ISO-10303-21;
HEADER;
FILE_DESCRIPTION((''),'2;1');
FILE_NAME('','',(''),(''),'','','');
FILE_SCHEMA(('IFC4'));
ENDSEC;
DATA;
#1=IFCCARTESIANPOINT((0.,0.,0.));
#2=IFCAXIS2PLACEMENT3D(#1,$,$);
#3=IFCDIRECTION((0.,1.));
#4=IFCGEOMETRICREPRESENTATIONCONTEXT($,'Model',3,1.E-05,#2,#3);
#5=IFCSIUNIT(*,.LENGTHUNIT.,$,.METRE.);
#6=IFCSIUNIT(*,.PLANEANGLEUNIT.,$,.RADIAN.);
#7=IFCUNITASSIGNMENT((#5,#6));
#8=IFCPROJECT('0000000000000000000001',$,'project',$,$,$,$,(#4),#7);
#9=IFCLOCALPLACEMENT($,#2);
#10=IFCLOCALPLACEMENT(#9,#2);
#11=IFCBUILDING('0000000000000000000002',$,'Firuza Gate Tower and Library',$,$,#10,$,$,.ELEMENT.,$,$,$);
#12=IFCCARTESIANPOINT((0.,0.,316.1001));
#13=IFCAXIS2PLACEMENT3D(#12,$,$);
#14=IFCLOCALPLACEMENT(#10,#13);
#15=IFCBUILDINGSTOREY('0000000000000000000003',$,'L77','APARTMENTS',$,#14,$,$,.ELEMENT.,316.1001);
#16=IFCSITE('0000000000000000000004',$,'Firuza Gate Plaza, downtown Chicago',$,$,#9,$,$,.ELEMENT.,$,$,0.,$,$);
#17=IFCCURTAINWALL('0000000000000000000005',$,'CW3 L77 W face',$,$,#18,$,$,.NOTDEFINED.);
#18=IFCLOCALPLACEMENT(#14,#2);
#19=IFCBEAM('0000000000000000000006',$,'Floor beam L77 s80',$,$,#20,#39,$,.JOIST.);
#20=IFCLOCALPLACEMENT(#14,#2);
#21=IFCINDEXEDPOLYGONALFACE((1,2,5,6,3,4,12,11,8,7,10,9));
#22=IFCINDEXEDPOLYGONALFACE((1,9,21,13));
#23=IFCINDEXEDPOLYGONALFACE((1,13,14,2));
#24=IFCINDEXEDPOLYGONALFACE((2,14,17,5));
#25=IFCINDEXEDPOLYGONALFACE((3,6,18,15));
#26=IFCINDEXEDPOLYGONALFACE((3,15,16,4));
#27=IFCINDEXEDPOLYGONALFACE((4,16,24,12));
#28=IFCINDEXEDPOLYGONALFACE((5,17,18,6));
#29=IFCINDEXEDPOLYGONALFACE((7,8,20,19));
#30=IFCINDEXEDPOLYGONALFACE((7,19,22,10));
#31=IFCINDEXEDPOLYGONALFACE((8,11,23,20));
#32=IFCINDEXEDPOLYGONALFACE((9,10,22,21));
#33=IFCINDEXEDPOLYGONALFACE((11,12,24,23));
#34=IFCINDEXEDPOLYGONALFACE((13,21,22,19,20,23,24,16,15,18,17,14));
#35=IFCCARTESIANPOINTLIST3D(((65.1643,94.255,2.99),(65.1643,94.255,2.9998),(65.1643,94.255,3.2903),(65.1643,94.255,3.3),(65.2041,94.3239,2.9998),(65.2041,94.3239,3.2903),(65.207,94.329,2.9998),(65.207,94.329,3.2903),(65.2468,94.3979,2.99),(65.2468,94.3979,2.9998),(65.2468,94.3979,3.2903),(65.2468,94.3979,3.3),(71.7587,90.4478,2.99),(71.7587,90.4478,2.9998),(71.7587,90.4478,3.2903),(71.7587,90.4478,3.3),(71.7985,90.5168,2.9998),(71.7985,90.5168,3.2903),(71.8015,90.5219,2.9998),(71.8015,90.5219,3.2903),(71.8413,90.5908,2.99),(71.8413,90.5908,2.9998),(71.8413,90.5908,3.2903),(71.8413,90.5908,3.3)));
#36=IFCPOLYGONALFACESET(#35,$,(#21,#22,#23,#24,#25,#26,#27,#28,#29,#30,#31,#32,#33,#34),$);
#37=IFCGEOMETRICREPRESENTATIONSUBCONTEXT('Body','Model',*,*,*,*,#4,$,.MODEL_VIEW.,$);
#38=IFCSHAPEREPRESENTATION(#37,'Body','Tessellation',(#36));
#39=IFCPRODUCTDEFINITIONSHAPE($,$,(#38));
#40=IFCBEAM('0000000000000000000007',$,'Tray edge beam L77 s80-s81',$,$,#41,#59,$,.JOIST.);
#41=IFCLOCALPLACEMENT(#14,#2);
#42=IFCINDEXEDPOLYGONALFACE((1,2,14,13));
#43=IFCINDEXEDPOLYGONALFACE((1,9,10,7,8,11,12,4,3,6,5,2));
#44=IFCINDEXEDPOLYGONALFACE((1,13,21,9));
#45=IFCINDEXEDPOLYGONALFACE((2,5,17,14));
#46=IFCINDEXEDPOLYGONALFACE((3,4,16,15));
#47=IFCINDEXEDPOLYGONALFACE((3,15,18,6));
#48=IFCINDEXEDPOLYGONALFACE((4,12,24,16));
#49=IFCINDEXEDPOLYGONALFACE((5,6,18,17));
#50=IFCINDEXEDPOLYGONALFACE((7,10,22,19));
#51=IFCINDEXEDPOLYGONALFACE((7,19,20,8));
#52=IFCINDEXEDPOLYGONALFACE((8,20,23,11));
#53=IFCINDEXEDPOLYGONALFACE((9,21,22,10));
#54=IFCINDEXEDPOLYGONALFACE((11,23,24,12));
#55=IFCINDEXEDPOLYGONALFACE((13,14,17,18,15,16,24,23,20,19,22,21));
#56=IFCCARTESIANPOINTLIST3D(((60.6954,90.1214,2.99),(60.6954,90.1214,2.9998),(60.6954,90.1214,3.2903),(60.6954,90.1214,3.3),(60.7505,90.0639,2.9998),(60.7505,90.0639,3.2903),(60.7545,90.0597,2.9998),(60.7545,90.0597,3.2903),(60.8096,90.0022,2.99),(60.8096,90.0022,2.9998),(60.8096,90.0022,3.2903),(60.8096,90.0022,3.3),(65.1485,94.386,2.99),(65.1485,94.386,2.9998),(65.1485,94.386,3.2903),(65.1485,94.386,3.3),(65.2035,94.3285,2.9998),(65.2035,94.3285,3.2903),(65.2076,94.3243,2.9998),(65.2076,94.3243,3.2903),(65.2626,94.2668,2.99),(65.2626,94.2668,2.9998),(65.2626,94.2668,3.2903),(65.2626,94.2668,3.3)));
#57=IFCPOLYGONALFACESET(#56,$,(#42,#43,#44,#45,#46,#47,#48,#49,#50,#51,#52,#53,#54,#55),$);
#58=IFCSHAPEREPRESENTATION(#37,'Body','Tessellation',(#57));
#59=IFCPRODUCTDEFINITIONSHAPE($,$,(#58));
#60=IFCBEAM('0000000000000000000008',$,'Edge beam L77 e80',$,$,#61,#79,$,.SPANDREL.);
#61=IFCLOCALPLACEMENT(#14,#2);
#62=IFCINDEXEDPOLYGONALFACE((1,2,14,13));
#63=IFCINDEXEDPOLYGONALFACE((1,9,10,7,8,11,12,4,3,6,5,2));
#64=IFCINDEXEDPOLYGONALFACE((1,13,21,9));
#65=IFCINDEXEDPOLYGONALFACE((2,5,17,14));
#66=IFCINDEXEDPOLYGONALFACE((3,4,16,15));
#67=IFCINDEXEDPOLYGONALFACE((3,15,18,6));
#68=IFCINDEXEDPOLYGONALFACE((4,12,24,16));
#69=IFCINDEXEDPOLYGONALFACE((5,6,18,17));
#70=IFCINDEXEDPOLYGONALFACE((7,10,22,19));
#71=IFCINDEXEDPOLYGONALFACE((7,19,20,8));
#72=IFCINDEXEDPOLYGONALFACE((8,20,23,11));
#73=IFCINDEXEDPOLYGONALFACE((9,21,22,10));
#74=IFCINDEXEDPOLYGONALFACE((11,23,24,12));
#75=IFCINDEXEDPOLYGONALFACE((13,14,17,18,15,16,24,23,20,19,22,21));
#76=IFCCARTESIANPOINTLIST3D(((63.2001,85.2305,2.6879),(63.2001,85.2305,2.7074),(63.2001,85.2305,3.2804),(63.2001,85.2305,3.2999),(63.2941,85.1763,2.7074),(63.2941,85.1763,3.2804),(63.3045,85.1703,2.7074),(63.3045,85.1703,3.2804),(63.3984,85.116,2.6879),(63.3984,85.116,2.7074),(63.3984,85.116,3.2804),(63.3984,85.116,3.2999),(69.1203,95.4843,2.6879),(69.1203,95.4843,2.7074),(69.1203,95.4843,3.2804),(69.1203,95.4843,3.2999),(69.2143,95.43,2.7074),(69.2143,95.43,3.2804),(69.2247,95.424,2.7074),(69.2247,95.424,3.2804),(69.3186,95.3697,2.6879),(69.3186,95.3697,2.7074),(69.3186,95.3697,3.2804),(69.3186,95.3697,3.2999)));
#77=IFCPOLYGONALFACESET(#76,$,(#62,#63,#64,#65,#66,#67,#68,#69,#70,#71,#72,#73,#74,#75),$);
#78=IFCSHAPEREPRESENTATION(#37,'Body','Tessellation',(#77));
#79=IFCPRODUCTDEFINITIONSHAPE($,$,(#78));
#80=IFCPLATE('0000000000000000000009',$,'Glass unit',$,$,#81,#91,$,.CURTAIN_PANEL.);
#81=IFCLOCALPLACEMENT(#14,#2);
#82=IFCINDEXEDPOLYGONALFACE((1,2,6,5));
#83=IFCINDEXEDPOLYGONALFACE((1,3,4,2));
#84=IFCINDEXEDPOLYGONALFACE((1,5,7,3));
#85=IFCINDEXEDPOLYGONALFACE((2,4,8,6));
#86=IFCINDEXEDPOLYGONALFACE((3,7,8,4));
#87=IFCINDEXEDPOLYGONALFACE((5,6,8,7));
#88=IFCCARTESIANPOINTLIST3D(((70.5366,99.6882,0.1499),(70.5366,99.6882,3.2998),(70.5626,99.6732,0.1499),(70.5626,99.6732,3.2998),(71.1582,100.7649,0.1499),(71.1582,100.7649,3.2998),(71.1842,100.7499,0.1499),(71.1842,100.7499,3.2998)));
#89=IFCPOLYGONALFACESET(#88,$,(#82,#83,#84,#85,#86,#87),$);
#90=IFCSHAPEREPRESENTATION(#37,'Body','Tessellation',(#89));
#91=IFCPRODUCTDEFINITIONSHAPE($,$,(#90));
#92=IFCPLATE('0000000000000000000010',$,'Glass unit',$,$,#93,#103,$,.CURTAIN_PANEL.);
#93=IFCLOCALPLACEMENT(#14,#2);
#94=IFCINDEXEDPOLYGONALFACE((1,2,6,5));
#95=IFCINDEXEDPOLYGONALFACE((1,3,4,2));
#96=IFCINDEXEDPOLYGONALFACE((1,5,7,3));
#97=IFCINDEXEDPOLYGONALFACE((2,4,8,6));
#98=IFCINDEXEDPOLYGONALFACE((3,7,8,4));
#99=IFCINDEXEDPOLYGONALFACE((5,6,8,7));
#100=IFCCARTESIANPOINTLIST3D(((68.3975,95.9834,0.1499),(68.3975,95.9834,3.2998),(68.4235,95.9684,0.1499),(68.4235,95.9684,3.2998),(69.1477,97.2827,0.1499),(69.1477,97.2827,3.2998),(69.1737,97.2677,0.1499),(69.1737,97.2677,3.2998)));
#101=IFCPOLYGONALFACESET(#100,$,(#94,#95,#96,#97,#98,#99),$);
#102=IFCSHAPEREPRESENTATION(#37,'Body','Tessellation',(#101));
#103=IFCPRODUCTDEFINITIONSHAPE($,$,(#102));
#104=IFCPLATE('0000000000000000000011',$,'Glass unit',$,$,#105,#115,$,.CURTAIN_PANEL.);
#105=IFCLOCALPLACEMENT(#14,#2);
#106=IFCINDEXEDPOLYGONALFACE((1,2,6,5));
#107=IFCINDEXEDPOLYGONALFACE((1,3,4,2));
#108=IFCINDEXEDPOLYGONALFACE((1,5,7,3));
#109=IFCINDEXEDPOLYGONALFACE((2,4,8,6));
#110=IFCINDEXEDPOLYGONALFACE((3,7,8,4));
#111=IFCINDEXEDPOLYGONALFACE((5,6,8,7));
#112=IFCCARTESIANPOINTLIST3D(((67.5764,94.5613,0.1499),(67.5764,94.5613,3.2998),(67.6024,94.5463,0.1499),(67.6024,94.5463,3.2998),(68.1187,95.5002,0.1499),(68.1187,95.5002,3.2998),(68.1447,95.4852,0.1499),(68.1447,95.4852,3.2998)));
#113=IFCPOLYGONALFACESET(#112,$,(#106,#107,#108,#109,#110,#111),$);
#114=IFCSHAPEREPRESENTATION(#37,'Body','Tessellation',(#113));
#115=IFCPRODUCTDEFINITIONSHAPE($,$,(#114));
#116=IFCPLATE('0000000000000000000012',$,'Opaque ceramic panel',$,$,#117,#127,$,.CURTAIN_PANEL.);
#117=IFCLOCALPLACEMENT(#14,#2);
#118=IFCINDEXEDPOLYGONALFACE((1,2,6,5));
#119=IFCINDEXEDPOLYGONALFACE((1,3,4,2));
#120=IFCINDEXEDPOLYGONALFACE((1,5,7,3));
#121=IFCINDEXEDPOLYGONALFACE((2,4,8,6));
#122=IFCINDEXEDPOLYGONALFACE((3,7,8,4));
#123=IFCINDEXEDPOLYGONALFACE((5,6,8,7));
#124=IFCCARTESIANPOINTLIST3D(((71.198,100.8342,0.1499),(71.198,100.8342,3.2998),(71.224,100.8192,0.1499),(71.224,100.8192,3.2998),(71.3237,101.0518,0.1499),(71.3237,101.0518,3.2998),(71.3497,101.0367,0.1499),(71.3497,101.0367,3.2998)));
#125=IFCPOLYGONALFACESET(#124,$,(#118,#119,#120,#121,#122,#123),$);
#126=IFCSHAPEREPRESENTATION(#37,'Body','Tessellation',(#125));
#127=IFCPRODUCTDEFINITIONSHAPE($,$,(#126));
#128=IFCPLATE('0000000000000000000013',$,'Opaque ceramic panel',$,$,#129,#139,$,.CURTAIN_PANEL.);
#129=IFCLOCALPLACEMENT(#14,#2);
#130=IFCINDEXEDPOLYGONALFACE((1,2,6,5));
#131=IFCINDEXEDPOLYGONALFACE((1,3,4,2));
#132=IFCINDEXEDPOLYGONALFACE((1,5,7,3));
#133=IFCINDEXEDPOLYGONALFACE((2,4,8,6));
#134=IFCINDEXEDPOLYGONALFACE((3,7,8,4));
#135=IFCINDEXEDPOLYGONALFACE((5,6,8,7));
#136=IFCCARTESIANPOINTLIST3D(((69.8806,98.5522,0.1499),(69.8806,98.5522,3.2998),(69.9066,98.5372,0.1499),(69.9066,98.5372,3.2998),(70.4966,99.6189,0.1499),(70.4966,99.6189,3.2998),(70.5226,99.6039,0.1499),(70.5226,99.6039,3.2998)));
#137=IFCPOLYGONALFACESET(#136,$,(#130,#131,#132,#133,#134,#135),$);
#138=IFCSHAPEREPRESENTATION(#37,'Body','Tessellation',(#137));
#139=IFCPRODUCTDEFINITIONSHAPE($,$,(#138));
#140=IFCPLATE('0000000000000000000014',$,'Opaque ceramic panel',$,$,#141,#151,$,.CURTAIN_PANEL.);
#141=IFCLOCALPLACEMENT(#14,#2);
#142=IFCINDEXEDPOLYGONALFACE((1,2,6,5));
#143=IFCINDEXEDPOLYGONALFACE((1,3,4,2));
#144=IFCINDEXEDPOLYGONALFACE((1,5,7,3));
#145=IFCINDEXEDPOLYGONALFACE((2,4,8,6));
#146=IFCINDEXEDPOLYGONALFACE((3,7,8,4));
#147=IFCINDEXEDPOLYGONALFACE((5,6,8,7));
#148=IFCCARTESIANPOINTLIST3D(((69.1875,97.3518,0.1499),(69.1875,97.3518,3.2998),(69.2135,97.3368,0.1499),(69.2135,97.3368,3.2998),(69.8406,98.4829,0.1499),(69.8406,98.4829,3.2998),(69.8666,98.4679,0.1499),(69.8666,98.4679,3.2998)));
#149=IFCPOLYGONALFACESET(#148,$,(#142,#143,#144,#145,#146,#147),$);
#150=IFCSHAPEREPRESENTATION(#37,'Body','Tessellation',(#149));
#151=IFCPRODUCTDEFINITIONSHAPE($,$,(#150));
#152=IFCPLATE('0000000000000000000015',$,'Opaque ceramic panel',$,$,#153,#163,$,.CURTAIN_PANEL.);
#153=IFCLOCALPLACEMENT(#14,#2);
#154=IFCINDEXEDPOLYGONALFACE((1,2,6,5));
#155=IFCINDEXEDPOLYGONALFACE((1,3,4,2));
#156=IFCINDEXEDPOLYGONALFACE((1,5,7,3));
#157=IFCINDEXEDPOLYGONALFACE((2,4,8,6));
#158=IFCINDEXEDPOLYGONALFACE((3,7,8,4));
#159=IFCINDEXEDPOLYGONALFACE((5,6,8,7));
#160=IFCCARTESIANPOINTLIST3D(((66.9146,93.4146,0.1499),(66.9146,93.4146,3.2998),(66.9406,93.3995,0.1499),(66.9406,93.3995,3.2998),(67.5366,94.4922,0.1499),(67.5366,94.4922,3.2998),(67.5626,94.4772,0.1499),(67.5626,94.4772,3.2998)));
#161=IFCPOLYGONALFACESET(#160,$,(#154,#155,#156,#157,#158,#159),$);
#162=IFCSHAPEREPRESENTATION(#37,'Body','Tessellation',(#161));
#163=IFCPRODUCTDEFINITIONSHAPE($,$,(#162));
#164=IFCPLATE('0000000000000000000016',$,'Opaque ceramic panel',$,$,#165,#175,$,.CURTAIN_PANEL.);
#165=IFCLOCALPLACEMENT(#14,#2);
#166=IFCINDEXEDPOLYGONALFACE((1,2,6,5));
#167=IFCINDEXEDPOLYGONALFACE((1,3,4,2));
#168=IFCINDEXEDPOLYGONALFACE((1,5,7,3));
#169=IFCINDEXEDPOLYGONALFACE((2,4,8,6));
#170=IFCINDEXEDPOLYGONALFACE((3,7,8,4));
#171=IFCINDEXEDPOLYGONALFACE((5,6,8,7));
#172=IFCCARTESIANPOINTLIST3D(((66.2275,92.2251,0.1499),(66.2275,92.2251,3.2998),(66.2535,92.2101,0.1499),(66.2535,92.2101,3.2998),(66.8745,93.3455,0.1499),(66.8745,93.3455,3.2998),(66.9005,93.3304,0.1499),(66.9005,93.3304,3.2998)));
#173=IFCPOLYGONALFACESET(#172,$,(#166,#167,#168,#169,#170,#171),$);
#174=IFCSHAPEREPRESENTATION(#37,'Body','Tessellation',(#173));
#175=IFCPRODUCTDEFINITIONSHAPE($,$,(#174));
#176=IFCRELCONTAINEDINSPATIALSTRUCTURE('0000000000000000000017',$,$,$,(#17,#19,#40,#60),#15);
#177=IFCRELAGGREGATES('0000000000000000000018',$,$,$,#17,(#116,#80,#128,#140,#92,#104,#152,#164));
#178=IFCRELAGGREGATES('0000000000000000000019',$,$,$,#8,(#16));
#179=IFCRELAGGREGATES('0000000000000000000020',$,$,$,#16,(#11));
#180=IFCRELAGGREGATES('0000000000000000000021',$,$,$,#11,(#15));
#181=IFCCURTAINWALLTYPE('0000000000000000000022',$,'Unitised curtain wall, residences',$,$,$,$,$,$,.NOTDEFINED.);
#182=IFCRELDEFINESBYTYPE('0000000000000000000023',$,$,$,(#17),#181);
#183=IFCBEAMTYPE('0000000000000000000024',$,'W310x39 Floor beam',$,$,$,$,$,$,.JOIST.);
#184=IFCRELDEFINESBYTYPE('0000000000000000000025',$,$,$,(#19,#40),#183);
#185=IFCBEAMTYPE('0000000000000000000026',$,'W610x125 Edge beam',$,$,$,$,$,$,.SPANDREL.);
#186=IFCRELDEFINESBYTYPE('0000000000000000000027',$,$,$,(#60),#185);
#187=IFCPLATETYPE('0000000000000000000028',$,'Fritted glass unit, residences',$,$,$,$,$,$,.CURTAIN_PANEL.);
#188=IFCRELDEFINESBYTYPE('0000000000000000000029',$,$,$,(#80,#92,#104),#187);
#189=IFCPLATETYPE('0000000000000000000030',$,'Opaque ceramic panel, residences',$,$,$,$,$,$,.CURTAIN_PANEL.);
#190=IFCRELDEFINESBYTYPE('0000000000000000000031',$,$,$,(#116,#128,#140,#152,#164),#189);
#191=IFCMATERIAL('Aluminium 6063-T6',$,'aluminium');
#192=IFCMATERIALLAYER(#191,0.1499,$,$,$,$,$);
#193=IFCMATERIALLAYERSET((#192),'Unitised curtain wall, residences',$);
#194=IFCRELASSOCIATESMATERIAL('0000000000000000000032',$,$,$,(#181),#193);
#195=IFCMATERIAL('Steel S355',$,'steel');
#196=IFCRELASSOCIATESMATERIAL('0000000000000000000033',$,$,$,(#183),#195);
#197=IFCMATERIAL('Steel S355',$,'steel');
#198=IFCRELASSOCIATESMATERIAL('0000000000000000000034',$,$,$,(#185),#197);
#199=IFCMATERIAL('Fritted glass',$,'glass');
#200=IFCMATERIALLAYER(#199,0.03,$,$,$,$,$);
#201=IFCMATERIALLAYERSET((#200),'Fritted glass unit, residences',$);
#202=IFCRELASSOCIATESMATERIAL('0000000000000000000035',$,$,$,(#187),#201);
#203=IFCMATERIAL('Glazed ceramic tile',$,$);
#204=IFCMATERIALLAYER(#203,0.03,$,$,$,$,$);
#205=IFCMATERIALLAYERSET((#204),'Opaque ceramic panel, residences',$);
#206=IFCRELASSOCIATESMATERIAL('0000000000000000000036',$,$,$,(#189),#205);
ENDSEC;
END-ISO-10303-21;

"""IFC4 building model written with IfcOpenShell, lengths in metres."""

from ifc_helpers import new_model, si_unit, direction, frame, origin, origin_2d, place, context, subcontext, project, spatial, polyline, i_section, outline, extrude, material, layer, layer_set, material_profile, profile_set, type_object, element, aggregate, save


model = new_model("IFC4")

# Units and contexts
model_context = context("Model", 3, precision=1e-05, world=origin(), true_north=direction((0.0, 1.0)))
body_context = subcontext(model_context, "Body", "Model", "MODEL_VIEW")
ifc_project = project(units=[si_unit("LENGTHUNIT", "METRE"), si_unit("PLANEANGLEUNIT", "RADIAN")], contexts=[model_context])

# Site, building, storey
site_placement = place(None, origin())
site = spatial("IfcSite", under=ifc_project, at=site_placement, Name="Firuza Gate Plaza, downtown Chicago", CompositionType="ELEMENT", RefElevation=0.0)
building_placement = place(site_placement, origin())
building = spatial("IfcBuilding", under=site, at=building_placement, Name="Firuza Gate Tower and Library", CompositionType="ELEMENT")
storey_placement = place(building_placement, frame((0.0, 0.0, 316.1001)))
storey = spatial("IfcBuildingStorey", under=building, at=storey_placement, Name="L77", Description="APARTMENTS", CompositionType="ELEMENT", Elevation=316.1001)

# Curtain wall
ifc_material_1 = material(Name="Aluminium 6063-T6", Category="aluminium")
ifc_layer_1 = layer(ifc_material_1, 0.1499)
ifc_layer_set_1 = layer_set([ifc_layer_1], Name="Unitised curtain wall, residences")
curtain_wall_type = type_object("IfcCurtainWallType", Name="Unitised curtain wall, residences", PredefinedType="NOTDEFINED", material=ifc_layer_set_1)
curtain_wall_placement = place(storey_placement, origin())
curtain_wall = element("IfcCurtainWall", 1, at=curtain_wall_placement, inside=storey, type_object=curtain_wall_type, Name="CW3 L77 W face", PredefinedType="NOTDEFINED")

# Beams
ifc_material_2 = material(Name="Steel S355", Category="steel")
ifc_material_profile_1 = material_profile(ifc_material_2, i_section(OverallWidth=0.165, OverallDepth=0.3101, WebThickness=0.0059, FlangeThickness=0.0098, at=origin_2d()))
ifc_profile_set_1 = profile_set([ifc_material_profile_1], Name="Steel S355")
beam_type_1 = type_object("IfcBeamType", Name="W310x39 Floor beam", PredefinedType="JOIST", material=ifc_profile_set_1)
beam_1_placement = place(storey_placement, frame((65.2056, 94.3264, 3.145), z_axis=(0.866037, -0.499981, 0.0), x_axis=(0.499981, 0.866037, 0.0)))
element("IfcBeam", 2, at=beam_1_placement, inside=storey, type_object=beam_type_1, Name="Floor beam L77 s80", PredefinedType="JOIST", context=body_context, shape_type="SweptSolid", body=[
    extrude(i_section(OverallWidth=0.165, OverallDepth=0.3101, WebThickness=0.0059, FlangeThickness=0.0098, at=origin_2d()), origin(), (0.0, 0.0, 1.0), 7.6145),
])
beam_2_placement = place(storey_placement, frame((65.2056, 94.3264, 3.145), z_axis=(-0.722226, -0.691658, 0.0), x_axis=(0.691658, -0.722226, 0.0)))
element("IfcBeam", 3, at=beam_2_placement, inside=storey, type_object=beam_type_1, Name="Tray edge beam L77 s80-s81", PredefinedType="JOIST", context=body_context, shape_type="SweptSolid", body=[
    extrude(i_section(OverallWidth=0.165, OverallDepth=0.3101, WebThickness=0.0059, FlangeThickness=0.0098, at=origin_2d()), origin(), (0.0, 0.0, 1.0), 6.1658),
])
ifc_material_3 = material(Name="Steel S355", Category="steel")
ifc_material_profile_2 = material_profile(ifc_material_3, i_section(OverallWidth=0.229, OverallDepth=0.6121, WebThickness=0.012, FlangeThickness=0.0195, at=origin_2d()))
ifc_profile_set_2 = profile_set([ifc_material_profile_2], Name="Steel S355")
beam_type_2 = type_object("IfcBeamType", Name="W610x125 Edge beam", PredefinedType="SPANDREL", material=ifc_profile_set_2)
beam_3_placement = place(storey_placement, frame((69.2195, 95.427, 2.9939), z_axis=(-0.500013, -0.866018, 0.0), x_axis=(0.866018, -0.500013, 0.0)))
element("IfcBeam", 4, at=beam_3_placement, inside=storey, type_object=beam_type_2, Name="Edge beam L77 e80", PredefinedType="SPANDREL", context=body_context, shape_type="SweptSolid", body=[
    extrude(i_section(OverallWidth=0.229, OverallDepth=0.6121, WebThickness=0.012, FlangeThickness=0.0195, at=origin_2d()), origin(), (0.0, 0.0, 1.0), 11.8401),
])

# Plates
ifc_material_4 = material(Name="Fritted glass", Category="glass")
ifc_layer_2 = layer(ifc_material_4, 0.03)
ifc_layer_set_2 = layer_set([ifc_layer_2], Name="Fritted glass unit, residences")
plate_type_1 = type_object("IfcPlateType", Name="Fritted glass unit, residences", PredefinedType="CURTAIN_PANEL", material=ifc_layer_set_2)
plate_1_placement = place(storey_placement, frame((71.1582, 100.7649, 0.1499), z_axis=(-0.866035, 0.499983, 0.0), x_axis=(-0.499983, -0.866035, 0.0)))
plate_1 = element("IfcPlate", 5, at=plate_1_placement, type_object=plate_type_1, Name="Glass unit", PredefinedType="CURTAIN_PANEL", context=body_context, shape_type="SweptSolid", body=[
    extrude(outline(polyline([(0.0, 0.0), (1.2432, 0.0), (1.2432, 3.1499), (0.0, 3.1499), (0.0, 0.0)])), origin(), (0.0, 0.0, -1.0), 0.03),
])
plate_2_placement = place(storey_placement, frame((69.1477, 97.2827, 0.1499), z_axis=(-0.866001, 0.500042, 0.0), x_axis=(-0.500042, -0.866001, 0.0)))
plate_2 = element("IfcPlate", 6, at=plate_2_placement, type_object=plate_type_1, Name="Glass unit", PredefinedType="CURTAIN_PANEL", context=body_context, shape_type="SweptSolid", body=[
    extrude(outline(polyline([(0.0, 0.0), (1.5004, 0.0), (1.5004, 3.1499), (0.0, 3.1499), (0.0, 0.0)])), origin(), (0.0, 0.0, -1.0), 0.03),
])
plate_3_placement = place(storey_placement, frame((68.1187, 95.5002, 0.1499), z_axis=(-0.865976, 0.500086, 0.0), x_axis=(-0.500086, -0.865976, 0.0)))
plate_3 = element("IfcPlate", 7, at=plate_3_placement, type_object=plate_type_1, Name="Glass unit", PredefinedType="CURTAIN_PANEL", context=body_context, shape_type="SweptSolid", body=[
    extrude(outline(polyline([(0.0, 0.0), (1.0843, 0.0), (1.0843, 3.1499), (0.0, 3.1499), (0.0, 0.0)])), origin(), (0.0, 0.0, -1.0), 0.03),
])
ifc_material_5 = material(Name="Glazed ceramic tile")
ifc_layer_3 = layer(ifc_material_5, 0.03)
ifc_layer_set_3 = layer_set([ifc_layer_3], Name="Opaque ceramic panel, residences")
plate_type_2 = type_object("IfcPlateType", Name="Opaque ceramic panel, residences", PredefinedType="CURTAIN_PANEL", material=ifc_layer_set_3)
plate_4_placement = place(storey_placement, frame((71.3237, 101.0518, 0.1499), z_axis=(-0.865781, 0.500423, 0.0), x_axis=(-0.500423, -0.865781, 0.0)))
plate_4 = element("IfcPlate", 8, at=plate_4_placement, type_object=plate_type_2, Name="Opaque ceramic panel", PredefinedType="CURTAIN_PANEL", context=body_context, shape_type="SweptSolid", body=[
    extrude(outline(polyline([(0.0, 0.0), (0.2513, 0.0), (0.2513, 3.1499), (0.0, 3.1499), (0.0, 0.0)])), origin(), (0.0, 0.0, -1.0), 0.03),
])
plate_5_placement = place(storey_placement, frame((70.4966, 99.6189, 0.1499), z_axis=(-0.865978, 0.500083, 0.0), x_axis=(-0.500083, -0.865978, 0.0)))
plate_5 = element("IfcPlate", 9, at=plate_5_placement, type_object=plate_type_2, Name="Opaque ceramic panel", PredefinedType="CURTAIN_PANEL", context=body_context, shape_type="SweptSolid", body=[
    extrude(outline(polyline([(0.0, 0.0), (1.2317, 0.0), (1.2317, 3.1499), (0.0, 3.1499), (0.0, 0.0)])), origin(), (0.0, 0.0, -1.0), 0.03),
])
plate_6_placement = place(storey_placement, frame((69.8406, 98.4829, 0.1499), z_axis=(-0.866014, 0.500019, 0.0), x_axis=(-0.500019, -0.866014, 0.0)))
plate_6 = element("IfcPlate", 10, at=plate_6_placement, type_object=plate_type_2, Name="Opaque ceramic panel", PredefinedType="CURTAIN_PANEL", context=body_context, shape_type="SweptSolid", body=[
    extrude(outline(polyline([(0.0, 0.0), (1.3061, 0.0), (1.3061, 3.1499), (0.0, 3.1499), (0.0, 0.0)])), origin(), (0.0, 0.0, -1.0), 0.03),
])
plate_7_placement = place(storey_placement, frame((67.5366, 94.4922, 0.1499), z_axis=(-0.866061, 0.499938, 0.0), x_axis=(-0.499938, -0.866061, 0.0)))
plate_7 = element("IfcPlate", 11, at=plate_7_placement, type_object=plate_type_2, Name="Opaque ceramic panel", PredefinedType="CURTAIN_PANEL", context=body_context, shape_type="SweptSolid", body=[
    extrude(outline(polyline([(0.0, 0.0), (1.2443, 0.0), (1.2443, 3.1499), (0.0, 3.1499), (0.0, 0.0)])), origin(), (0.0, 0.0, -1.0), 0.03),
])
plate_8_placement = place(storey_placement, frame((66.8745, 93.3455, 0.1499), z_axis=(-0.865981, 0.500076, 0.0), x_axis=(-0.500076, -0.865981, 0.0)))
plate_8 = element("IfcPlate", 12, at=plate_8_placement, type_object=plate_type_2, Name="Opaque ceramic panel", PredefinedType="CURTAIN_PANEL", context=body_context, shape_type="SweptSolid", body=[
    extrude(outline(polyline([(0.0, 0.0), (1.2937, 0.0), (1.2937, 3.1499), (0.0, 3.1499), (0.0, 0.0)])), origin(), (0.0, 0.0, -1.0), 0.03),
])
aggregate(curtain_wall, [plate_4, plate_1, plate_5, plate_6, plate_2, plate_3, plate_7, plate_8])

save(model, "model.ifc")
